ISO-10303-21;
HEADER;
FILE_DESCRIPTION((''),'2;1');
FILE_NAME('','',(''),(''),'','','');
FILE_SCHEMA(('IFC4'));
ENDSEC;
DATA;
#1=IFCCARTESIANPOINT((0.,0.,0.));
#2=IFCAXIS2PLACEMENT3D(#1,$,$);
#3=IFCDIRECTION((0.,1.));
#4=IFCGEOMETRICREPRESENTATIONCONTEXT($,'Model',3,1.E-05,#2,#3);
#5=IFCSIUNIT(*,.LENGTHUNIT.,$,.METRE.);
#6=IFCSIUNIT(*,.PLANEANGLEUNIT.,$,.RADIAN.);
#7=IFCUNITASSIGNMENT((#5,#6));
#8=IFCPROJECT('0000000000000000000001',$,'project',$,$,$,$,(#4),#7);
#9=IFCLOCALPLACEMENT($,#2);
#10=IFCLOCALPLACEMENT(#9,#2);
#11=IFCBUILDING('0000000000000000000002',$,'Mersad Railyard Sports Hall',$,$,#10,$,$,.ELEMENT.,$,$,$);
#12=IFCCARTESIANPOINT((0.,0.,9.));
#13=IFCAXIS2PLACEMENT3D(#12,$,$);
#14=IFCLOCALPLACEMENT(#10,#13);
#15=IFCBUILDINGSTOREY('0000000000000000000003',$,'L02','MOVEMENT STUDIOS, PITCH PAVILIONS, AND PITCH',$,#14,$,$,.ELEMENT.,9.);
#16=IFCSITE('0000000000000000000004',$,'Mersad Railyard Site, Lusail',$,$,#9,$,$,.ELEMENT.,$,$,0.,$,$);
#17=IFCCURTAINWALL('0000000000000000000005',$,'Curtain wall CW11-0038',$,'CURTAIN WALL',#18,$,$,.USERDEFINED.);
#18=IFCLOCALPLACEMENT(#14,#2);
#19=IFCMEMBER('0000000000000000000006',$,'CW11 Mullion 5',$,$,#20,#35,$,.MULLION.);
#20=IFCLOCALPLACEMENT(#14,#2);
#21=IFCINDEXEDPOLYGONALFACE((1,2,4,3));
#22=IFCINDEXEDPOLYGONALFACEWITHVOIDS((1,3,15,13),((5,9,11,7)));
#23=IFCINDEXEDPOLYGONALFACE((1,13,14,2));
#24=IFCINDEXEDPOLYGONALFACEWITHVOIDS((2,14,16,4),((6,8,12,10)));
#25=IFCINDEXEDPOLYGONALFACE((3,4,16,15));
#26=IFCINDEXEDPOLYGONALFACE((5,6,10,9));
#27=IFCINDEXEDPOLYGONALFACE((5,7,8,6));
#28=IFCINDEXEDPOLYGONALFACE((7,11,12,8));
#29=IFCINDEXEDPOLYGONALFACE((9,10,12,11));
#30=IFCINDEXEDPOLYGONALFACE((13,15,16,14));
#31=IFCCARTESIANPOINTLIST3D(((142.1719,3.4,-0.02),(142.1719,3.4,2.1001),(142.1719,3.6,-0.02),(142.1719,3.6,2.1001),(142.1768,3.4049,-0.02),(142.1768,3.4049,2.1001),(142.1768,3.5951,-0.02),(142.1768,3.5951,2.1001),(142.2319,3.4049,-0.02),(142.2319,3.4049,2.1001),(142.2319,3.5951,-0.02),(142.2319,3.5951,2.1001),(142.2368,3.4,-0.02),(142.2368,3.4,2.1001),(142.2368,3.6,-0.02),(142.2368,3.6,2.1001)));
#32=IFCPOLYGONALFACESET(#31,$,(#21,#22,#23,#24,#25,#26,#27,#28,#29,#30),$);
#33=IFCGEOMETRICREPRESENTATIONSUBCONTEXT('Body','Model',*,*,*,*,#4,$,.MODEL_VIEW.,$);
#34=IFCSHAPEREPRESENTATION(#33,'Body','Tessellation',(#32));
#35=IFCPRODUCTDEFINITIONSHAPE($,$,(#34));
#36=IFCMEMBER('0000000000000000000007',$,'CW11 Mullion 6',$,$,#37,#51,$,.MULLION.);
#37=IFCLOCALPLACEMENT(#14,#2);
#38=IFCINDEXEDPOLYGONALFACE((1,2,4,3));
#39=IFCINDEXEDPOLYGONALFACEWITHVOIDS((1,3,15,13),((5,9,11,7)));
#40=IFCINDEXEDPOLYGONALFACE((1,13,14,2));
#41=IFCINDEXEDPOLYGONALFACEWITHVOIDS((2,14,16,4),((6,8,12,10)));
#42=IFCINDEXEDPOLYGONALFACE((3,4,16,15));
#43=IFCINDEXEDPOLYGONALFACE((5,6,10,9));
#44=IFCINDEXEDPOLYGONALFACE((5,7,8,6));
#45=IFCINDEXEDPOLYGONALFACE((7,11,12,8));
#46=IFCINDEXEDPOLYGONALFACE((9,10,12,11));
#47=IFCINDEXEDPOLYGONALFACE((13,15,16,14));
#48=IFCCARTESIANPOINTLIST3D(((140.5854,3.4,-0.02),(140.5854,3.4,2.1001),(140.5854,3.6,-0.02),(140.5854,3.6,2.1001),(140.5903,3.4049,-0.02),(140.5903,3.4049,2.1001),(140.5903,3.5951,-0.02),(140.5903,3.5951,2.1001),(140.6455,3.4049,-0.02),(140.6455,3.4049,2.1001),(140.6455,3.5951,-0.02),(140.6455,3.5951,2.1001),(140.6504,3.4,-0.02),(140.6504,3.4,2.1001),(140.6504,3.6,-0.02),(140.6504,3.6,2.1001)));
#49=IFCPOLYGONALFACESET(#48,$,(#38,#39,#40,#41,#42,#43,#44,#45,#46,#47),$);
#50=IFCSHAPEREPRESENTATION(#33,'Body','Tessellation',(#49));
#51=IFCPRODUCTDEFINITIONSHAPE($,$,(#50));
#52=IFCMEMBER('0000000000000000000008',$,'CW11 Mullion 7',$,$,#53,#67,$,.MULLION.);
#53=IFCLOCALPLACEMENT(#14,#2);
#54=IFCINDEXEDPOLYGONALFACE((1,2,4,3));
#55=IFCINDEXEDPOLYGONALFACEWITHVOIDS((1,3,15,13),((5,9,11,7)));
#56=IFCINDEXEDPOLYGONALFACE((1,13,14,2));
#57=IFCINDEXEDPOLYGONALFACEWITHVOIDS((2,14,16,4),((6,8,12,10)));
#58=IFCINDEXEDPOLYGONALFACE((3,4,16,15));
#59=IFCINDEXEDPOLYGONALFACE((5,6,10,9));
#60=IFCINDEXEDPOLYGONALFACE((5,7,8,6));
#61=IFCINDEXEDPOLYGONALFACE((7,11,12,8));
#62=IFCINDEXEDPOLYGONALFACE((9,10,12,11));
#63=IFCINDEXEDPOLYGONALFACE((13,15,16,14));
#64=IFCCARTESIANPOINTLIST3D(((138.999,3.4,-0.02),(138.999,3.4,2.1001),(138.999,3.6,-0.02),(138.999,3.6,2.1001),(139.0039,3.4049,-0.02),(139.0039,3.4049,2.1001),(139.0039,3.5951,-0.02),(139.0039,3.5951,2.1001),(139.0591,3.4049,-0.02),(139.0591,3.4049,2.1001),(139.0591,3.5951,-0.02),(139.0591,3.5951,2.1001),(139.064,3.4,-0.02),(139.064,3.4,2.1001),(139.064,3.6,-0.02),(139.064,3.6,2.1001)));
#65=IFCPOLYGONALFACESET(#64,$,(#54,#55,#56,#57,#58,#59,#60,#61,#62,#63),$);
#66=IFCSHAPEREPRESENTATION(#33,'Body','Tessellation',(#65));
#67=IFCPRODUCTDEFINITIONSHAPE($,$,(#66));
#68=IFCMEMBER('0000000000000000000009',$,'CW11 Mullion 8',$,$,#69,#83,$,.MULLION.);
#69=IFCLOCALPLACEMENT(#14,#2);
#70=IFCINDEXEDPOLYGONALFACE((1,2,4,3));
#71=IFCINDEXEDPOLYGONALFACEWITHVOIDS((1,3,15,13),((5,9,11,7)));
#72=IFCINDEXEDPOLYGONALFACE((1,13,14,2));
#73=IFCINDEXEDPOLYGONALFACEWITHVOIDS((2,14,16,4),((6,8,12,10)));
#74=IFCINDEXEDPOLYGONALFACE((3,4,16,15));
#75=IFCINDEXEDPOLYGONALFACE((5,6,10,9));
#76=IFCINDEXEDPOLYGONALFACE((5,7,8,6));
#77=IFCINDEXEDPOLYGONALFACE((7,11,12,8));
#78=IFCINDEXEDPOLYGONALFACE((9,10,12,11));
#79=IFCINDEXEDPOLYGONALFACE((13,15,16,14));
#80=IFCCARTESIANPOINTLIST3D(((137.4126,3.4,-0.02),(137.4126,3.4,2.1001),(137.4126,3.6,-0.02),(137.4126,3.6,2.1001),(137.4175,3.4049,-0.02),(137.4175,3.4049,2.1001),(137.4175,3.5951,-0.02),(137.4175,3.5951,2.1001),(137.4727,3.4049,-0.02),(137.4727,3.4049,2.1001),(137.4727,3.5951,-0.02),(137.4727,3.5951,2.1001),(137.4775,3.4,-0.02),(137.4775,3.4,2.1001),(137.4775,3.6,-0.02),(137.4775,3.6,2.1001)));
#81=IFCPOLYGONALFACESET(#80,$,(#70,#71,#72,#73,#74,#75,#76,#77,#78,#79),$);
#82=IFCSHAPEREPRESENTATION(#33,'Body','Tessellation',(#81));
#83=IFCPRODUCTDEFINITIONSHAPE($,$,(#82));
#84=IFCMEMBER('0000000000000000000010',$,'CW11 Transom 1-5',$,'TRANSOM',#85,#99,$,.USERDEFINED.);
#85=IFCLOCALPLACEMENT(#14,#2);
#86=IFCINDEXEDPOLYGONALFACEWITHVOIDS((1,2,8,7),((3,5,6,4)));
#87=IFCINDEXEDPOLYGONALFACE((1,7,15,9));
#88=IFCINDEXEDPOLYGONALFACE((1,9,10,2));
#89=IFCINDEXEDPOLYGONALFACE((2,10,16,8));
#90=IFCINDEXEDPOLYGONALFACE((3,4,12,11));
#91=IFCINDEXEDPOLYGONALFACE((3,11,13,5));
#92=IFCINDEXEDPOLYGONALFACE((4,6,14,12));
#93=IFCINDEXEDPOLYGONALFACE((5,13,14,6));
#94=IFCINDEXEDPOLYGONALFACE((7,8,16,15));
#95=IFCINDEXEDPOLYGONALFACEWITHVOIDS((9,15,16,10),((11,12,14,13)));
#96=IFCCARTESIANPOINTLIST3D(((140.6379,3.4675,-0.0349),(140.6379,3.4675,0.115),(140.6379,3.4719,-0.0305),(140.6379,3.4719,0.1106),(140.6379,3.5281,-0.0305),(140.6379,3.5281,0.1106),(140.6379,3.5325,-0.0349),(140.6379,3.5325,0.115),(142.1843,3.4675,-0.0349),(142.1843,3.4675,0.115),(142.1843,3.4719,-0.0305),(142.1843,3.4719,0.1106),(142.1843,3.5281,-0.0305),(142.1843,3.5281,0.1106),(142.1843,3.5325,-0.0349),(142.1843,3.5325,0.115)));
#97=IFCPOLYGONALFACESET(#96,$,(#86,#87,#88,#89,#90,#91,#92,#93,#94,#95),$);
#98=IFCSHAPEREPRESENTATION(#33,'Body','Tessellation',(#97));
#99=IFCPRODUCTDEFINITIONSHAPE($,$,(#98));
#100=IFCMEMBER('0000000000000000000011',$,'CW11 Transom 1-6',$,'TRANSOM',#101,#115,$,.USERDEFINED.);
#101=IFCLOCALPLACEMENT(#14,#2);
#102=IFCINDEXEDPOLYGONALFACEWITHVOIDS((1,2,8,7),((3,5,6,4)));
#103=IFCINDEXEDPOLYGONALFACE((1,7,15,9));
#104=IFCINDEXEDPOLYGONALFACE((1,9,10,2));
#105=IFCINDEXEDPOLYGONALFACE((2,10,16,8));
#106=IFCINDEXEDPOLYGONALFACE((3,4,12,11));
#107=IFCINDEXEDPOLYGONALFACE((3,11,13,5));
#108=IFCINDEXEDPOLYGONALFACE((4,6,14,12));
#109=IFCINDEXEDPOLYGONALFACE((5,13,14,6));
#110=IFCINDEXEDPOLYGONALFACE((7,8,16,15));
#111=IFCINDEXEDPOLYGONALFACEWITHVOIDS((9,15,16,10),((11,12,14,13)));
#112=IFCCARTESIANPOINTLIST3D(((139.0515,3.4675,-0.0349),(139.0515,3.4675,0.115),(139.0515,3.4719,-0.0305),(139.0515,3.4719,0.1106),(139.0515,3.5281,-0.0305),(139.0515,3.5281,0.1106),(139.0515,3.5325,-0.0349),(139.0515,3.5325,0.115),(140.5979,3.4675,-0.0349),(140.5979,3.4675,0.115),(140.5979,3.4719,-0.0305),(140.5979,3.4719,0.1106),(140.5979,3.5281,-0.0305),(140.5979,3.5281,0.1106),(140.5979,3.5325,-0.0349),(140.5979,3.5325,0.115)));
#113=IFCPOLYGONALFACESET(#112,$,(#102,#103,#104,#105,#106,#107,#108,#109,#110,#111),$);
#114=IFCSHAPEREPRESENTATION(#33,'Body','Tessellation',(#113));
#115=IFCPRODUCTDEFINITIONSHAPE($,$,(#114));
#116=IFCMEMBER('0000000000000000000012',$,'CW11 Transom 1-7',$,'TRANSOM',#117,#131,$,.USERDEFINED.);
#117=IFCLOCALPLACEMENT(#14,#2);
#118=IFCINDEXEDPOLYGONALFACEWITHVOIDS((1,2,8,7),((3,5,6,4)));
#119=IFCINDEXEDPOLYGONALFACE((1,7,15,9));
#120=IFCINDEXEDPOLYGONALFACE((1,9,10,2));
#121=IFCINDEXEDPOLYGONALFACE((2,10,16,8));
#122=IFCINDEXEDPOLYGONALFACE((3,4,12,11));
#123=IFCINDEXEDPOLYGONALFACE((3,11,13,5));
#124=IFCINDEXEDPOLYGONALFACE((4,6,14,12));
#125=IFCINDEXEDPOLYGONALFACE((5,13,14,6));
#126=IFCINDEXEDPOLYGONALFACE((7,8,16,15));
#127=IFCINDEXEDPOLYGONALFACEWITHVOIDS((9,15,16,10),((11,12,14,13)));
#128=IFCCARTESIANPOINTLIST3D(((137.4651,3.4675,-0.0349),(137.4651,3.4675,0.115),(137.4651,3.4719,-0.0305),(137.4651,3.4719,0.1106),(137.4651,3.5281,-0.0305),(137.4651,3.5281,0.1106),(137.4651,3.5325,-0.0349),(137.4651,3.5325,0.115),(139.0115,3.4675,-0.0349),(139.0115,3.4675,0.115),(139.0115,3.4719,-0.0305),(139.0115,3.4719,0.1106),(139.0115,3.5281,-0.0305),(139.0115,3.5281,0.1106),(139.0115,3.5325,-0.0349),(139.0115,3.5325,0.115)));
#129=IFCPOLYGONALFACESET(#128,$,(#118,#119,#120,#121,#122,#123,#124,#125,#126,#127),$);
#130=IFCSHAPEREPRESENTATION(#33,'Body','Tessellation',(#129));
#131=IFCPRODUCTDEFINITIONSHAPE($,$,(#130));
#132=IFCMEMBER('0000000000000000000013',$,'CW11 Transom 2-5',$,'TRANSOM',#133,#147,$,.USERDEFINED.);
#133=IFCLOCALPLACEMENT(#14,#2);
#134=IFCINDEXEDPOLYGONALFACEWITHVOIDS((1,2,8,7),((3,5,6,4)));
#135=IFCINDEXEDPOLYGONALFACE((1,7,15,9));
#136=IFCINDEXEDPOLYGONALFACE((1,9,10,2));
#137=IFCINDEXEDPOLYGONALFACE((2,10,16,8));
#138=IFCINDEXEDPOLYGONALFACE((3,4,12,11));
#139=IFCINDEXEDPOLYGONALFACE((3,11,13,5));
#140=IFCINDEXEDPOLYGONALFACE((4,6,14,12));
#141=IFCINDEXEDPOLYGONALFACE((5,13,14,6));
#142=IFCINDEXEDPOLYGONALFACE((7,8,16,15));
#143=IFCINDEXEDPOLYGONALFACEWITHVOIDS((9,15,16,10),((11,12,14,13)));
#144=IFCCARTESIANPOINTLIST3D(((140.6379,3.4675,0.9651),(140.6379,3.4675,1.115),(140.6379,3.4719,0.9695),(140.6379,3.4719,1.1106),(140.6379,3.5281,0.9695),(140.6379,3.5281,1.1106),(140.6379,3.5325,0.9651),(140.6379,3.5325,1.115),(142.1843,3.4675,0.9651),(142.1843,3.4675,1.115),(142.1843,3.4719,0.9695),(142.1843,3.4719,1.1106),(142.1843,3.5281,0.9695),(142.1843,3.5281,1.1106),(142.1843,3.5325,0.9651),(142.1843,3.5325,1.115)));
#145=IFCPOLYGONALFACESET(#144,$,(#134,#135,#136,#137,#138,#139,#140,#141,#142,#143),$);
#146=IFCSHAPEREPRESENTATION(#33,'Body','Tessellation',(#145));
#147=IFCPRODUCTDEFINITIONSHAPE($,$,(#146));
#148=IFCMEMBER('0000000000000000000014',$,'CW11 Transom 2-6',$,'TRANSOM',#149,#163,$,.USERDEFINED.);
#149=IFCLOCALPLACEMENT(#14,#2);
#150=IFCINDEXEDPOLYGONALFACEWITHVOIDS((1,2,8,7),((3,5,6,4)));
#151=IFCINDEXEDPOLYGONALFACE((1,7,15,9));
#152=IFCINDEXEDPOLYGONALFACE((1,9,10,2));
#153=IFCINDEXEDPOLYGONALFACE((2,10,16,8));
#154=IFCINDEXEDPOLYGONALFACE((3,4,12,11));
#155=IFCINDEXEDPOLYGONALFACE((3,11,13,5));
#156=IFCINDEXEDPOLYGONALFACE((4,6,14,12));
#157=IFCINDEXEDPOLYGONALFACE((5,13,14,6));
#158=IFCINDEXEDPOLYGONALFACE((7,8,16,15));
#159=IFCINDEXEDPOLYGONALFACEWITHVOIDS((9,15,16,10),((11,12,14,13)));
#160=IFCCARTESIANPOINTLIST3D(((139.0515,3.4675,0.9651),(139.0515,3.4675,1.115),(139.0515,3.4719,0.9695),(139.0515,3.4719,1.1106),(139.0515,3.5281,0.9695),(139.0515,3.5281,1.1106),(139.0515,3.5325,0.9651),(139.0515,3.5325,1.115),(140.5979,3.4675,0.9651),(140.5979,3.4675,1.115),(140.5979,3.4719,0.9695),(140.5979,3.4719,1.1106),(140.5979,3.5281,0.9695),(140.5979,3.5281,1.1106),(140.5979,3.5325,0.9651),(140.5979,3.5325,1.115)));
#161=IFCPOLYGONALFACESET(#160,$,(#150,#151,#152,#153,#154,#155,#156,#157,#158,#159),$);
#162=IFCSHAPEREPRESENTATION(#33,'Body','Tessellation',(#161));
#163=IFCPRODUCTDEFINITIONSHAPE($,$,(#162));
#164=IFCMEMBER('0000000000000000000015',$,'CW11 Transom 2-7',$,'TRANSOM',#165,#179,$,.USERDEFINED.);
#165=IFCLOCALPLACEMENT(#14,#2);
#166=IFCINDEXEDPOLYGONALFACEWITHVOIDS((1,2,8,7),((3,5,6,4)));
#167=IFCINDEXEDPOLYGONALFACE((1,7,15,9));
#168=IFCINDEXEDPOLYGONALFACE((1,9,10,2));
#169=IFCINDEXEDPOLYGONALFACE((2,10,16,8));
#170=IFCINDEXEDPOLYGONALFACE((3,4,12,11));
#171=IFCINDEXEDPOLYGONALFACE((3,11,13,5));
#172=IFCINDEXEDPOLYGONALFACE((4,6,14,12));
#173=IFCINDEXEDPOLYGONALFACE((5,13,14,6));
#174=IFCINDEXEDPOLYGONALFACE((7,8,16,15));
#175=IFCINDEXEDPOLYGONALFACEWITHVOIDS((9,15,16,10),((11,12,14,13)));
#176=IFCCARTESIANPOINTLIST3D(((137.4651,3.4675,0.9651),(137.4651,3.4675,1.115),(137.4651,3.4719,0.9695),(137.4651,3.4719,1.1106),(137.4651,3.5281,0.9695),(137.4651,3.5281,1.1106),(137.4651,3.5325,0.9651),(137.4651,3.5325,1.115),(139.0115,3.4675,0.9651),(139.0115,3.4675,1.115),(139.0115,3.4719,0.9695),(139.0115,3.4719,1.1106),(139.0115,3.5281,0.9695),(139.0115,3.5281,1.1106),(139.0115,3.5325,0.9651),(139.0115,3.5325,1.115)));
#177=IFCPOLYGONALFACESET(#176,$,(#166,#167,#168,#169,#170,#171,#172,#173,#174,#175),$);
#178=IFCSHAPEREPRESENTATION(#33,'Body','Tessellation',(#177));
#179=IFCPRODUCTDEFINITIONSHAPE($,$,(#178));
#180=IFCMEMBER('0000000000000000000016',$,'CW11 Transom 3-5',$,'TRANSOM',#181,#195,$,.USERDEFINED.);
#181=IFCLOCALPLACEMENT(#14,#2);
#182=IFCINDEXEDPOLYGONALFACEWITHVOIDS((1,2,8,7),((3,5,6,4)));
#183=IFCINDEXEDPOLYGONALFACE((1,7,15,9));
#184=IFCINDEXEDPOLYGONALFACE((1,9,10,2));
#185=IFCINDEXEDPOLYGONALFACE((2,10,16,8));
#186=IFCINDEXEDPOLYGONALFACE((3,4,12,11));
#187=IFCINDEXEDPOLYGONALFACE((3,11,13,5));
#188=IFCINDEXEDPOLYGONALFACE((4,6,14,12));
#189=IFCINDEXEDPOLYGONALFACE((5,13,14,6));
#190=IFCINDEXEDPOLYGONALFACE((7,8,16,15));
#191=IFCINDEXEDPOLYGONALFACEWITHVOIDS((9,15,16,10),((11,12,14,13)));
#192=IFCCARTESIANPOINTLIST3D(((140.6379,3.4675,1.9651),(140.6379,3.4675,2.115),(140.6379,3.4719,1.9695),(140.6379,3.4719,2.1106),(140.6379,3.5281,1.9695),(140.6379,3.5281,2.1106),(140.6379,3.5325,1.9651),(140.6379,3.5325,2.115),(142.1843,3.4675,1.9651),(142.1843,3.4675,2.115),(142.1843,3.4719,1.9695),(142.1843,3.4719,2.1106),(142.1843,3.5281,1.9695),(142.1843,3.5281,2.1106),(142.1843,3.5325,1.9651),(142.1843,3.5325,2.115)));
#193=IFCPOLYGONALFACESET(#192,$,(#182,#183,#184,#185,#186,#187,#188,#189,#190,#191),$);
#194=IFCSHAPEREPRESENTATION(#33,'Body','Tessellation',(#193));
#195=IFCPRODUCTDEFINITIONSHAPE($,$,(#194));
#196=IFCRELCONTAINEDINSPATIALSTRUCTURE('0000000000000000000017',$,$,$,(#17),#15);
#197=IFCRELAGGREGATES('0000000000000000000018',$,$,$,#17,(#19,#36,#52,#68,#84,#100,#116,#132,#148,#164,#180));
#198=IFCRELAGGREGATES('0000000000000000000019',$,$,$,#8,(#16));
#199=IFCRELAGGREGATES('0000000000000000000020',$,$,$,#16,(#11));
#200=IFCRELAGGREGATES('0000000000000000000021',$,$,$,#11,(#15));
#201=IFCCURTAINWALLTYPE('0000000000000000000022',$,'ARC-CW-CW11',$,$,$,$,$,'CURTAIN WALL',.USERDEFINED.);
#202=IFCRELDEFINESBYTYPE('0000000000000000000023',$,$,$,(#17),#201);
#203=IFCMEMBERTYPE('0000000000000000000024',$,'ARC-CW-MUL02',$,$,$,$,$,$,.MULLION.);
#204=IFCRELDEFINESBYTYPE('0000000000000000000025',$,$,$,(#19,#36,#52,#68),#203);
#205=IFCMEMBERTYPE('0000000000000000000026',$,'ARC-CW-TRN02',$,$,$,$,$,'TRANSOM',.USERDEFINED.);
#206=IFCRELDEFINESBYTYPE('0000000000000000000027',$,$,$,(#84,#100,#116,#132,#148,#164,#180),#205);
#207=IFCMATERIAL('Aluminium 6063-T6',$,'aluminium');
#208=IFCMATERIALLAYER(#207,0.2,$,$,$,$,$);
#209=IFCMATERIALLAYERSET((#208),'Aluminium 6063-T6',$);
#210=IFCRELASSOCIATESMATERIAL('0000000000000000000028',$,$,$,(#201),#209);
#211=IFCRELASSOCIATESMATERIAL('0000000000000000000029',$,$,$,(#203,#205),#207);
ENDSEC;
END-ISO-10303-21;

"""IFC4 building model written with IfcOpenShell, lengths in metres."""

from ifc_helpers import new_model, si_unit, direction, frame, origin, origin_2d, place, context, subcontext, project, spatial, hollow_rectangle, extrude, material, layer, layer_set, material_profile, profile_set, type_object, element, aggregate, save


model = new_model("IFC4")

# Units and contexts
model_context = context("Model", 3, precision=1e-05, world=origin(), true_north=direction((0.0, 1.0)))
body_context = subcontext(model_context, "Body", "Model", "MODEL_VIEW")
ifc_project = project(units=[si_unit("LENGTHUNIT", "METRE"), si_unit("PLANEANGLEUNIT", "RADIAN")], contexts=[model_context])

# Site, building, storey
site_placement = place(None, origin())
site = spatial("IfcSite", under=ifc_project, at=site_placement, Name="Mersad Railyard Site, Lusail", CompositionType="ELEMENT", RefElevation=0.0)
building_placement = place(site_placement, origin())
building = spatial("IfcBuilding", under=site, at=building_placement, Name="Mersad Railyard Sports Hall", CompositionType="ELEMENT")
storey_placement = place(building_placement, frame((0.0, 0.0, 9.0)))
storey = spatial("IfcBuildingStorey", under=building, at=storey_placement, Name="L02", Description="MOVEMENT STUDIOS, PITCH PAVILIONS, AND PITCH", CompositionType="ELEMENT", Elevation=9.0)

# Curtain wall, members
ifc_material_1 = material(Name="Aluminium 6063-T6", Category="aluminium")
ifc_layer_1 = layer(ifc_material_1, 0.2)
ifc_layer_set_1 = layer_set([ifc_layer_1], Name="Aluminium 6063-T6")
curtain_wall_type = type_object("IfcCurtainWallType", Name="ARC-CW-CW11", ElementType="CURTAIN WALL", PredefinedType="USERDEFINED", material=ifc_layer_set_1)
curtain_wall_placement = place(storey_placement, origin())
curtain_wall = element("IfcCurtainWall", 1, at=curtain_wall_placement, inside=storey, type_object=curtain_wall_type, Name="Curtain wall CW11-0038", ObjectType="CURTAIN WALL", PredefinedType="USERDEFINED")
ifc_material_profile_1 = material_profile(ifc_material_1, hollow_rectangle(XDim=0.0649, YDim=0.2, WallThickness=0.0049, at=origin_2d()), Name="AL MULLION 65x200x5")
ifc_profile_set_1 = profile_set([ifc_material_profile_1], Name="Aluminium 6063-T6")
member_type_1 = type_object("IfcMemberType", Name="ARC-CW-MUL02", PredefinedType="MULLION", material=ifc_profile_set_1)
member_1_placement = place(storey_placement, frame((142.2043, 3.5, -0.02), z_axis=(0.0, 0.0, 1.0), x_axis=(1.0, 0.0, 0.0)))
member_1 = element("IfcMember", 2, at=member_1_placement, type_object=member_type_1, Name="CW11 Mullion 5", PredefinedType="MULLION", context=body_context, shape_type="SweptSolid", body=[
    extrude(hollow_rectangle(XDim=0.0649, YDim=0.2, WallThickness=0.0049, at=origin_2d()), origin(), (0.0, 0.0, 1.0), 2.1201),
])
member_2_placement = place(storey_placement, frame((140.6179, 3.5, -0.02), z_axis=(0.0, 0.0, 1.0), x_axis=(1.0, 0.0, 0.0)))
member_2 = element("IfcMember", 3, at=member_2_placement, type_object=member_type_1, Name="CW11 Mullion 6", PredefinedType="MULLION", context=body_context, shape_type="SweptSolid", body=[
    extrude(hollow_rectangle(XDim=0.0649, YDim=0.2, WallThickness=0.0049, at=origin_2d()), origin(), (0.0, 0.0, 1.0), 2.1201),
])
member_3_placement = place(storey_placement, frame((139.0315, 3.5, -0.02), z_axis=(0.0, 0.0, 1.0), x_axis=(1.0, 0.0, 0.0)))
member_3 = element("IfcMember", 4, at=member_3_placement, type_object=member_type_1, Name="CW11 Mullion 7", PredefinedType="MULLION", context=body_context, shape_type="SweptSolid", body=[
    extrude(hollow_rectangle(XDim=0.0649, YDim=0.2, WallThickness=0.0049, at=origin_2d()), origin(), (0.0, 0.0, 1.0), 2.1201),
])
member_4_placement = place(storey_placement, frame((137.4451, 3.5, -0.02), z_axis=(0.0, 0.0, 1.0), x_axis=(1.0, 0.0, 0.0)))
member_4 = element("IfcMember", 5, at=member_4_placement, type_object=member_type_1, Name="CW11 Mullion 8", PredefinedType="MULLION", context=body_context, shape_type="SweptSolid", body=[
    extrude(hollow_rectangle(XDim=0.0649, YDim=0.2, WallThickness=0.0049, at=origin_2d()), origin(), (0.0, 0.0, 1.0), 2.1201),
])
ifc_material_profile_2 = material_profile(ifc_material_1, hollow_rectangle(XDim=0.0649, YDim=0.1499, WallThickness=0.0044, at=origin_2d()), Name="AL TRANSOM 65x150x4.5")
ifc_profile_set_2 = profile_set([ifc_material_profile_2], Name="Aluminium 6063-T6")
member_type_2 = type_object("IfcMemberType", Name="ARC-CW-TRN02", ElementType="TRANSOM", PredefinedType="USERDEFINED", material=ifc_profile_set_2)
member_5_placement = place(storey_placement, frame((142.1843, 3.5, 0.04), z_axis=(-1.0, 0.0, 0.0), x_axis=(0.0, -1.0, 0.0)))
member_5 = element("IfcMember", 6, at=member_5_placement, type_object=member_type_2, Name="CW11 Transom 1-5", ObjectType="TRANSOM", PredefinedType="USERDEFINED", context=body_context, shape_type="SweptSolid", body=[
    extrude(hollow_rectangle(XDim=0.0649, YDim=0.1499, WallThickness=0.0044, at=origin_2d()), origin(), (0.0, 0.0, 1.0), 1.5464),
])
member_6_placement = place(storey_placement, frame((140.5979, 3.5, 0.04), z_axis=(-1.0, 0.0, 0.0), x_axis=(0.0, -1.0, 0.0)))
member_6 = element("IfcMember", 7, at=member_6_placement, type_object=member_type_2, Name="CW11 Transom 1-6", ObjectType="TRANSOM", PredefinedType="USERDEFINED", context=body_context, shape_type="SweptSolid", body=[
    extrude(hollow_rectangle(XDim=0.0649, YDim=0.1499, WallThickness=0.0044, at=origin_2d()), origin(), (0.0, 0.0, 1.0), 1.5464),
])
member_7_placement = place(storey_placement, frame((139.0115, 3.5, 0.04), z_axis=(-1.0, 0.0, 0.0), x_axis=(0.0, -1.0, 0.0)))
member_7 = element("IfcMember", 8, at=member_7_placement, type_object=member_type_2, Name="CW11 Transom 1-7", ObjectType="TRANSOM", PredefinedType="USERDEFINED", context=body_context, shape_type="SweptSolid", body=[
    extrude(hollow_rectangle(XDim=0.0649, YDim=0.1499, WallThickness=0.0044, at=origin_2d()), origin(), (0.0, 0.0, 1.0), 1.5464),
])
member_8_placement = place(storey_placement, frame((142.1843, 3.5, 1.04), z_axis=(-1.0, 0.0, 0.0), x_axis=(0.0, -1.0, 0.0)))
member_8 = element("IfcMember", 9, at=member_8_placement, type_object=member_type_2, Name="CW11 Transom 2-5", ObjectType="TRANSOM", PredefinedType="USERDEFINED", context=body_context, shape_type="SweptSolid", body=[
    extrude(hollow_rectangle(XDim=0.0649, YDim=0.1499, WallThickness=0.0044, at=origin_2d()), origin(), (0.0, 0.0, 1.0), 1.5464),
])
member_9_placement = place(storey_placement, frame((140.5979, 3.5, 1.04), z_axis=(-1.0, 0.0, 0.0), x_axis=(0.0, -1.0, 0.0)))
member_9 = element("IfcMember", 10, at=member_9_placement, type_object=member_type_2, Name="CW11 Transom 2-6", ObjectType="TRANSOM", PredefinedType="USERDEFINED", context=body_context, shape_type="SweptSolid", body=[
    extrude(hollow_rectangle(XDim=0.0649, YDim=0.1499, WallThickness=0.0044, at=origin_2d()), origin(), (0.0, 0.0, 1.0), 1.5464),
])
member_10_placement = place(storey_placement, frame((139.0115, 3.5, 1.04), z_axis=(-1.0, 0.0, 0.0), x_axis=(0.0, -1.0, 0.0)))
member_10 = element("IfcMember", 11, at=member_10_placement, type_object=member_type_2, Name="CW11 Transom 2-7", ObjectType="TRANSOM", PredefinedType="USERDEFINED", context=body_context, shape_type="SweptSolid", body=[
    extrude(hollow_rectangle(XDim=0.0649, YDim=0.1499, WallThickness=0.0044, at=origin_2d()), origin(), (0.0, 0.0, 1.0), 1.5464),
])
member_11_placement = place(storey_placement, frame((142.1843, 3.5, 2.04), z_axis=(-1.0, 0.0, 0.0), x_axis=(0.0, -1.0, 0.0)))
member_11 = element("IfcMember", 12, at=member_11_placement, type_object=member_type_2, Name="CW11 Transom 3-5", ObjectType="TRANSOM", PredefinedType="USERDEFINED", context=body_context, shape_type="SweptSolid", body=[
    extrude(hollow_rectangle(XDim=0.0649, YDim=0.1499, WallThickness=0.0044, at=origin_2d()), origin(), (0.0, 0.0, 1.0), 1.5464),
])

aggregate(curtain_wall, [member_1, member_2, member_3, member_4, member_5, member_6, member_7, member_8, member_9, member_10, member_11])

save(model, "model.ifc")
